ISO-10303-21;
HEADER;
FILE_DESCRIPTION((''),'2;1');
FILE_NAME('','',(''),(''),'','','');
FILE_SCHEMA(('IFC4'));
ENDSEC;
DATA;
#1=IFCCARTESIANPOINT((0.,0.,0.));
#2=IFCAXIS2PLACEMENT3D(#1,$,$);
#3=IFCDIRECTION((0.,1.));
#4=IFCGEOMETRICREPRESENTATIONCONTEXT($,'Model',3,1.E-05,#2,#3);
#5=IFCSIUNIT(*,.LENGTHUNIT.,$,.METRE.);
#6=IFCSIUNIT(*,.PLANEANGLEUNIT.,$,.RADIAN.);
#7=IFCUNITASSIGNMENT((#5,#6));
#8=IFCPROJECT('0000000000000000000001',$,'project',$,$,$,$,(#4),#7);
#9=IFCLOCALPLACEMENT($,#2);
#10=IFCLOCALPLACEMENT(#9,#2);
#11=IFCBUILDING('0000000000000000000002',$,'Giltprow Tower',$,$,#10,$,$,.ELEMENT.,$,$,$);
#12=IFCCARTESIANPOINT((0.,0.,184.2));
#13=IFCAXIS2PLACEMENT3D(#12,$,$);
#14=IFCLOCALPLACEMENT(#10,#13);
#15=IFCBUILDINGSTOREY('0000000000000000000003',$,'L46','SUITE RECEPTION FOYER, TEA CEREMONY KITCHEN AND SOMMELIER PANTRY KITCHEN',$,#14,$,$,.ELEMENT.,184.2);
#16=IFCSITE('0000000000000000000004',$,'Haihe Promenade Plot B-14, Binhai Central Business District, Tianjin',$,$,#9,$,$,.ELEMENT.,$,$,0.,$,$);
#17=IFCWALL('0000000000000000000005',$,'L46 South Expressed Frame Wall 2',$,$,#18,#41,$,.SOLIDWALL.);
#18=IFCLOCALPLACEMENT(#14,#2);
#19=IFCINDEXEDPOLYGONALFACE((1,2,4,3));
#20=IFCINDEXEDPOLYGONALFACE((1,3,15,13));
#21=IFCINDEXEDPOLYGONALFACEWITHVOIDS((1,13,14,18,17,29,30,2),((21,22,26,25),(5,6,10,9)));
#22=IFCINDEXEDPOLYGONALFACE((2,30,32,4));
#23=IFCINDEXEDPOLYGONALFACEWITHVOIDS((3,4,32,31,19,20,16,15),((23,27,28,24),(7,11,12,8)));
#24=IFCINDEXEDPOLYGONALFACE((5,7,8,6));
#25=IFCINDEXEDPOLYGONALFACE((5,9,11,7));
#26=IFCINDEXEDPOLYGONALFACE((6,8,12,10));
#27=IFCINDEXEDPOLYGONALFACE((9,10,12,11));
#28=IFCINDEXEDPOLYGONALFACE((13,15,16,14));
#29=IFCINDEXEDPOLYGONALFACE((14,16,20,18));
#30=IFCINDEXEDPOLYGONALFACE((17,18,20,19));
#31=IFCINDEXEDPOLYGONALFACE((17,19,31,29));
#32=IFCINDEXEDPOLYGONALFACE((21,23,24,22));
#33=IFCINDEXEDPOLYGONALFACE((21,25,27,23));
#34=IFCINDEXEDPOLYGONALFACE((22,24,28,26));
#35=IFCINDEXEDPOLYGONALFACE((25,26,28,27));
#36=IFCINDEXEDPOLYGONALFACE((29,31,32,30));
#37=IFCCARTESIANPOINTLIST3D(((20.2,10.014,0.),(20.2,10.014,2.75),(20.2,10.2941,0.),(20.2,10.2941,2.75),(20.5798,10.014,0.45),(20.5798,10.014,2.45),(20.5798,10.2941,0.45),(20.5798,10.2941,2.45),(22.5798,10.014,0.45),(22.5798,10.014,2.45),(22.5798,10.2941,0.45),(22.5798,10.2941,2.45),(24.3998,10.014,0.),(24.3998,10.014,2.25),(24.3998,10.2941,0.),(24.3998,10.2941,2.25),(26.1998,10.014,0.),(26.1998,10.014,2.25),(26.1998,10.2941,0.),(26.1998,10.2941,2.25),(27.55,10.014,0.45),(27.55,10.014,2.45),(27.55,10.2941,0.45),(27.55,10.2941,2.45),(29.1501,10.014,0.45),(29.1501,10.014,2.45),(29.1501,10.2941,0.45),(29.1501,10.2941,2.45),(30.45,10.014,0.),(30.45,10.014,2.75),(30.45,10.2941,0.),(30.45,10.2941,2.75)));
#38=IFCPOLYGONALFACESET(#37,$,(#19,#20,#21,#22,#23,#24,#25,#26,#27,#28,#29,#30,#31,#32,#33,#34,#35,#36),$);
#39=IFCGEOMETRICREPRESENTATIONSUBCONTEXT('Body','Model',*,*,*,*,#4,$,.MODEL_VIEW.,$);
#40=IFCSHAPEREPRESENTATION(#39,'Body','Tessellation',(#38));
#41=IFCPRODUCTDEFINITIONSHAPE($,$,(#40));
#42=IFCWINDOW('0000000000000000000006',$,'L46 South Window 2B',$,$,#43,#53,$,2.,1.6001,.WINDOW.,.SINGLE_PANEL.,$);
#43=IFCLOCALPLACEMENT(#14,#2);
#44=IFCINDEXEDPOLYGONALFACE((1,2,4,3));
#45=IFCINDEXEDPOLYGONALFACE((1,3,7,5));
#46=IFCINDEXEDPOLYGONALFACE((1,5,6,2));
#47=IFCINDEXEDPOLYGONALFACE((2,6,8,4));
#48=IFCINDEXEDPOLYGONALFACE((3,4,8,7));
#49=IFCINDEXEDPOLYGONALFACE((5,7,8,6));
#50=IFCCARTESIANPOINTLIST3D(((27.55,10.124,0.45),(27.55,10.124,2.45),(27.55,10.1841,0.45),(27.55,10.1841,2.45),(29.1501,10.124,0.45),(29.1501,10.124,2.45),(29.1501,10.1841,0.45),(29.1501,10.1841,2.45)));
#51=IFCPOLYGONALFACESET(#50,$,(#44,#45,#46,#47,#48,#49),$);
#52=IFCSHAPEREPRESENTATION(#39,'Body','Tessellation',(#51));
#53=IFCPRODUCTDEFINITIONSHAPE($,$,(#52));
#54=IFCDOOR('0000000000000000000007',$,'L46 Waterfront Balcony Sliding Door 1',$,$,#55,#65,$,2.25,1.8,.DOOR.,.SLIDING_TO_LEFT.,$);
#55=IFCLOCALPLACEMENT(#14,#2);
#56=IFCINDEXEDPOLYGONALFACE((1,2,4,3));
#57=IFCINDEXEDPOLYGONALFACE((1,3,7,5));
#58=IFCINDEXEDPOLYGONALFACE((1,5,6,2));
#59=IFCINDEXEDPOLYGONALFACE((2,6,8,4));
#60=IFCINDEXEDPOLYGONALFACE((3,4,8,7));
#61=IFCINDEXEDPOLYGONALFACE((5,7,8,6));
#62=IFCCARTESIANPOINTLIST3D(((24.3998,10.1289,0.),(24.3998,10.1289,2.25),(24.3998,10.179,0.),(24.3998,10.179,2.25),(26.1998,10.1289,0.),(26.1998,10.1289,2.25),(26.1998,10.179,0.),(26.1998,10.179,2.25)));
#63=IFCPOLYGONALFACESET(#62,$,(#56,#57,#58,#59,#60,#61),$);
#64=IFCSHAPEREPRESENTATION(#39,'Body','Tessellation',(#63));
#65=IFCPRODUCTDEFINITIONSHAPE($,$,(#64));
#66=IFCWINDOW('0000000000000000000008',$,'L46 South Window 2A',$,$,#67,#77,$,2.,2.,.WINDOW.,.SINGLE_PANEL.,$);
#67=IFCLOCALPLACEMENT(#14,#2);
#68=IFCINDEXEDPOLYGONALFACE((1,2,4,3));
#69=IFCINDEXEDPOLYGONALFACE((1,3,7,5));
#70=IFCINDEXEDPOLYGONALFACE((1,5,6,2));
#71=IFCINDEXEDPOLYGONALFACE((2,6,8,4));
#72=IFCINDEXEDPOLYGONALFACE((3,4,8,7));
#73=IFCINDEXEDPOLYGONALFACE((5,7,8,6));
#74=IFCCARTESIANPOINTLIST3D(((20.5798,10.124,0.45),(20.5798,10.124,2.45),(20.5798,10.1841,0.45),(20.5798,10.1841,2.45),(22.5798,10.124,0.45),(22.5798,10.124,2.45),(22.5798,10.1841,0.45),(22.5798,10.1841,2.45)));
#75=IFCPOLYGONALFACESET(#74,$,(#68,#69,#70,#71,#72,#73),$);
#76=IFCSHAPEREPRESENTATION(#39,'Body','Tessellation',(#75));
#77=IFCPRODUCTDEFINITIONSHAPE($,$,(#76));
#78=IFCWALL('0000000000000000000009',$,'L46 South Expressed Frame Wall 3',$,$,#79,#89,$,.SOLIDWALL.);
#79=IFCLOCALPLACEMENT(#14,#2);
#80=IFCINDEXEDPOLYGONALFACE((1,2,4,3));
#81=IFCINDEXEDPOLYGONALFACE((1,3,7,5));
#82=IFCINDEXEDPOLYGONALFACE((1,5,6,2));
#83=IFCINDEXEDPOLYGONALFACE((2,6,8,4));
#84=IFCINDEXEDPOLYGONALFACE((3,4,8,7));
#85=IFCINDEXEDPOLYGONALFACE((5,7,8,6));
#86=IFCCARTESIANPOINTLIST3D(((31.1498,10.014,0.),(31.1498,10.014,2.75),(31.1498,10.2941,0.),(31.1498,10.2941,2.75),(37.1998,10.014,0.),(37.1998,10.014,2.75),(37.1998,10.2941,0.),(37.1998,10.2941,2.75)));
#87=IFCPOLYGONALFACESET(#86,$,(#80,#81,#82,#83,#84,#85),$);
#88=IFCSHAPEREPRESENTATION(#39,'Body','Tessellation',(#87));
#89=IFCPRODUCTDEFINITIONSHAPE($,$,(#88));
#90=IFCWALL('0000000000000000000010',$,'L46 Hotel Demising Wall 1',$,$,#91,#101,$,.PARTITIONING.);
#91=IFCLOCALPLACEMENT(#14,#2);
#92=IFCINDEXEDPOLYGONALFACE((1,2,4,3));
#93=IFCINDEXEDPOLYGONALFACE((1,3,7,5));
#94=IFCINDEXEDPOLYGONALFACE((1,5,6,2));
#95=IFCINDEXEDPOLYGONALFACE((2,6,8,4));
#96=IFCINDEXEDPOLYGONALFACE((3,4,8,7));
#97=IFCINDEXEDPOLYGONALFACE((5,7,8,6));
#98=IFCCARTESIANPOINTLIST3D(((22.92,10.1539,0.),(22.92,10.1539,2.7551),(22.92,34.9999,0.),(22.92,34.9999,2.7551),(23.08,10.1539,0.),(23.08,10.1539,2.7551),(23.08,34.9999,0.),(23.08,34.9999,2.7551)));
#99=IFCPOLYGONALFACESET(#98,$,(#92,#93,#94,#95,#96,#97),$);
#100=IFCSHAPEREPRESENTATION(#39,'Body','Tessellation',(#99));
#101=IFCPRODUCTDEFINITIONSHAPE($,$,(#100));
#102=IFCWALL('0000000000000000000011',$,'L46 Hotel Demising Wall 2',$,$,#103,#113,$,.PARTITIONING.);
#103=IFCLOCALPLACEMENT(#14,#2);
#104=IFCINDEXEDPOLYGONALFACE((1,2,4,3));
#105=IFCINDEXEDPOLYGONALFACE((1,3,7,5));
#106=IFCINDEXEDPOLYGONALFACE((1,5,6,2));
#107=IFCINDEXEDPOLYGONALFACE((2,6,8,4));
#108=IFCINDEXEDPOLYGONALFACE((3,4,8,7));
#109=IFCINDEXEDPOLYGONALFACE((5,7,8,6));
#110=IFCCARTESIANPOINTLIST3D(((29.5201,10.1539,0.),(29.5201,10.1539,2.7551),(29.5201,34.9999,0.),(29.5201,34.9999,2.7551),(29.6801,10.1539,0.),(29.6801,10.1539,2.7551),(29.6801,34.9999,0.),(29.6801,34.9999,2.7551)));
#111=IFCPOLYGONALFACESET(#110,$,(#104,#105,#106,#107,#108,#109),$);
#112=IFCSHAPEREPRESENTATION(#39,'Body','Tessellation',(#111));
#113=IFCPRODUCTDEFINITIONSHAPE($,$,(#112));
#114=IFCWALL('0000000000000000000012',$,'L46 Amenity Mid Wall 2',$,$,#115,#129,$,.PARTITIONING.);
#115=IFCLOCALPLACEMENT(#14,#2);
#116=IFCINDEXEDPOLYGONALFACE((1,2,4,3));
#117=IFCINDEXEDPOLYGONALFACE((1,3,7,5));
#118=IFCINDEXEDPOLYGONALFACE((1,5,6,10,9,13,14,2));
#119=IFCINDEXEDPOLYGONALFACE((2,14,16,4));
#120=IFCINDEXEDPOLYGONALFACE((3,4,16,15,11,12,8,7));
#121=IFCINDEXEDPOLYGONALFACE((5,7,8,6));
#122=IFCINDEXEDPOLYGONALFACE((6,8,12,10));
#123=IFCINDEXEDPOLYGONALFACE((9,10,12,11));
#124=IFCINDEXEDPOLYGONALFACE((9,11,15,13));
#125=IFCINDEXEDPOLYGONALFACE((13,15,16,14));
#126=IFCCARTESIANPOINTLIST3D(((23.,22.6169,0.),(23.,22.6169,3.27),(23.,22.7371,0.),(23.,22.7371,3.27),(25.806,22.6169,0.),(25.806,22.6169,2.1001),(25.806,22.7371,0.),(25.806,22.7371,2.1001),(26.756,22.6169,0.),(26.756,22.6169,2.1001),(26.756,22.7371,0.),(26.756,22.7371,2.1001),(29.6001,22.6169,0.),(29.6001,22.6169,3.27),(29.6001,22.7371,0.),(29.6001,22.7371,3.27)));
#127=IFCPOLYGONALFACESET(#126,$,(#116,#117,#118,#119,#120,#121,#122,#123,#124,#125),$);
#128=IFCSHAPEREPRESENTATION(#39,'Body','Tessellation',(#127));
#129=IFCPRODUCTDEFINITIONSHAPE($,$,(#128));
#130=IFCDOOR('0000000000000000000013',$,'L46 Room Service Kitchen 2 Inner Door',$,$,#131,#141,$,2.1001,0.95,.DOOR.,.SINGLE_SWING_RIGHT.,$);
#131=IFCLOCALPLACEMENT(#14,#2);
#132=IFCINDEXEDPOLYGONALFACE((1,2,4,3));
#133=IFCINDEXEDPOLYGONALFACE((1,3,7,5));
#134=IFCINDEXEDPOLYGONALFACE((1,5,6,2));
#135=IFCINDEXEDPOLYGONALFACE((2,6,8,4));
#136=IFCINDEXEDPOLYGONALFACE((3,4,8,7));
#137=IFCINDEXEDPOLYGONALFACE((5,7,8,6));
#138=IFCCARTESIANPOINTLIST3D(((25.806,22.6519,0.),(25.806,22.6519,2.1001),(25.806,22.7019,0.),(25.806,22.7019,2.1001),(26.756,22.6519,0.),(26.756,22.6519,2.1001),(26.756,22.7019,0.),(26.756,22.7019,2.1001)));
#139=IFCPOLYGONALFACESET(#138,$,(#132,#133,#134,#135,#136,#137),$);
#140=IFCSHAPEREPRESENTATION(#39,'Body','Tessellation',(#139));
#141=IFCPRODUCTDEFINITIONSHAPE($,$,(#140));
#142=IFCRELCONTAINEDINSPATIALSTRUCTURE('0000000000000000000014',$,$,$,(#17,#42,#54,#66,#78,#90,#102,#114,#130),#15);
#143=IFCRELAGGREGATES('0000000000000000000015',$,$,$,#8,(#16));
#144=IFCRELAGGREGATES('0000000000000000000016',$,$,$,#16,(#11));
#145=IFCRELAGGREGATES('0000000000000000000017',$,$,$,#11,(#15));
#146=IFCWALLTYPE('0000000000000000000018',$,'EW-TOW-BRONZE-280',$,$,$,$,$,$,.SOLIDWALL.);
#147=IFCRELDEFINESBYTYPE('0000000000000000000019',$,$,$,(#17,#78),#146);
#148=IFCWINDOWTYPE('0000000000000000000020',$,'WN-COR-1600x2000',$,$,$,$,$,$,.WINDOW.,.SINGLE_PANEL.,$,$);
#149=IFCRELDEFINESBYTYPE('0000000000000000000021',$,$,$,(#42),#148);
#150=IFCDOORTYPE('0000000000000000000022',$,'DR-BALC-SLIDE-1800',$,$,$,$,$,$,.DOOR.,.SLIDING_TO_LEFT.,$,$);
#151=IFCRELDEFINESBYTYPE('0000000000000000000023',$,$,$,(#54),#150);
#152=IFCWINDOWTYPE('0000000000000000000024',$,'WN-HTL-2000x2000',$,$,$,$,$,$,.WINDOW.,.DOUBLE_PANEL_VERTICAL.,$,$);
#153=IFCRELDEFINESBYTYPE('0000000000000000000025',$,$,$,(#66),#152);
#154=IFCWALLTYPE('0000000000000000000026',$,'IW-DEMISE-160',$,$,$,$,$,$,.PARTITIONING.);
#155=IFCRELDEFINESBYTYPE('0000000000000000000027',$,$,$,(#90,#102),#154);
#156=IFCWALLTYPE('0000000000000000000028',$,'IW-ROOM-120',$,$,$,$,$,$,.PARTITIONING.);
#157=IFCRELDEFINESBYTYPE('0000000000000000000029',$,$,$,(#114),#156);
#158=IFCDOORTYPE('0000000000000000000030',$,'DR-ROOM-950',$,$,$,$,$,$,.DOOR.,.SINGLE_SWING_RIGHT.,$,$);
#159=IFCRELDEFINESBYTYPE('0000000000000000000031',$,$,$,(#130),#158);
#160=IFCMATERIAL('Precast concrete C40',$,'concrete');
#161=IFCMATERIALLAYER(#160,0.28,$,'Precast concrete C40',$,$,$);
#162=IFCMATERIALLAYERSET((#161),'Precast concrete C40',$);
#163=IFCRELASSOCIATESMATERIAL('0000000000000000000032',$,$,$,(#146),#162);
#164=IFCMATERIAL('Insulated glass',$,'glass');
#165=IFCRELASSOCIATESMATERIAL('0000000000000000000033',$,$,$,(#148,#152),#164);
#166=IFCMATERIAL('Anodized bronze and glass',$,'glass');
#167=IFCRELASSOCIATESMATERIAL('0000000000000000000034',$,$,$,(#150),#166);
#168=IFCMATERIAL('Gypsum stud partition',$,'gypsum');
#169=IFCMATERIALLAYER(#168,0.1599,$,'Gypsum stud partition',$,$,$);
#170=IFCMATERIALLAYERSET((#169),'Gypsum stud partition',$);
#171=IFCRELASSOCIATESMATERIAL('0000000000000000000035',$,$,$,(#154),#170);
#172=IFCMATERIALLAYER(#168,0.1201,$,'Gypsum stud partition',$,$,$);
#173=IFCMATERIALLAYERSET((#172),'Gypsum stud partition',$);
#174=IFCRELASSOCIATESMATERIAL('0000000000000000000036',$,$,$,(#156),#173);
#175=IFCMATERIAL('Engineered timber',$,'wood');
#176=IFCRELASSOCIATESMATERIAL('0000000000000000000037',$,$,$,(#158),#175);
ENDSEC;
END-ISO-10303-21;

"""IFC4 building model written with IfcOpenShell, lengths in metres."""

from ifc_helpers import new_model, si_unit, direction, frame, frame_2d, origin, place, context, subcontext, project, spatial, rectangle, extrude, source, transform, mapped, material, layer, layer_set, type_object, element, fill, save


model = new_model("IFC4")

# Units and contexts
model_context = context("Model", 3, precision=1e-05, world=origin(), true_north=direction((0.0, 1.0)))
body_context = subcontext(model_context, "Body", "Model", "MODEL_VIEW")
ifc_project = project(units=[si_unit("LENGTHUNIT", "METRE"), si_unit("PLANEANGLEUNIT", "RADIAN")], contexts=[model_context])

# Site, building, storey
site_placement = place(None, origin())
site = spatial("IfcSite", under=ifc_project, at=site_placement, Name="Haihe Promenade Plot B-14, Binhai Central Business District, Tianjin", CompositionType="ELEMENT", RefElevation=0.0)
building_placement = place(site_placement, origin())
building = spatial("IfcBuilding", under=site, at=building_placement, Name="Giltprow Tower", CompositionType="ELEMENT")
storey_placement = place(building_placement, frame((0.0, 0.0, 184.2)))
storey = spatial("IfcBuildingStorey", under=building, at=storey_placement, Name="L46", Description="SUITE RECEPTION FOYER, TEA CEREMONY KITCHEN AND SOMMELIER PANTRY KITCHEN", CompositionType="ELEMENT", Elevation=184.2)

# Wall, openings, windows, door
ifc_material_1 = material(Name="Precast concrete C40", Category="concrete")
ifc_layer_1 = layer(ifc_material_1, 0.28, Name="Precast concrete C40")
ifc_layer_set_1 = layer_set([ifc_layer_1], Name="Precast concrete C40")
wall_type_1 = type_object("IfcWallType", Name="EW-TOW-BRONZE-280", PredefinedType="SOLIDWALL", material=ifc_layer_set_1)
wall_1_placement = place(storey_placement, frame((20.2, 10.1541, 0.0), z_axis=(0.0, 0.0, 1.0), x_axis=(1.0, 0.0, 0.0)))
wall_1 = element("IfcWall", 1, at=wall_1_placement, inside=storey, type_object=wall_type_1, Name="L46 South Expressed Frame Wall 2", PredefinedType="SOLIDWALL", context=body_context, shape_type="SweptSolid", body=[
    extrude(rectangle(XDim=10.25, YDim=0.28, at=frame_2d((5.125, 0.0))), origin(), (0.0, 0.0, 1.0), 2.75),
])
opening_1_placement = place(wall_1_placement, frame((4.2, 0.0, 0.0)))
opening_1 = element("IfcOpeningElement", 2, at=opening_1_placement, cuts=wall_1, PredefinedType="OPENING", context=body_context, shape_type="SweptSolid", body=[
    extrude(rectangle(XDim=1.8, YDim=2.25, at=frame_2d((0.8999, 1.125))), frame((0.0, 0.1499, 0.0), z_axis=(0.0, -1.0, 0.0), x_axis=(1.0, 0.0, 0.0)), (0.0, 0.0, 1.0), 0.3),
])
opening_2_placement = place(wall_1_placement, frame((0.3799, 0.0, 0.45)))
opening_2 = element("IfcOpeningElement", 3, at=opening_2_placement, cuts=wall_1, PredefinedType="OPENING", context=body_context, shape_type="SweptSolid", body=[
    extrude(rectangle(XDim=2.0, YDim=2.0, at=frame_2d((1.0, 1.0))), frame((0.0, 0.1499, 0.0), z_axis=(0.0, -1.0, 0.0), x_axis=(1.0, 0.0, 0.0)), (0.0, 0.0, 1.0), 0.3),
])
opening_3_placement = place(wall_1_placement, frame((7.3501, 0.0, 0.45)))
opening_3 = element("IfcOpeningElement", 4, at=opening_3_placement, cuts=wall_1, PredefinedType="OPENING", context=body_context, shape_type="SweptSolid", body=[
    extrude(rectangle(XDim=1.6001, YDim=2.0, at=frame_2d((0.8, 1.0))), frame((0.0, 0.1499, 0.0), z_axis=(0.0, -1.0, 0.0), x_axis=(1.0, 0.0, 0.0)), (0.0, 0.0, 1.0), 0.3),
])
ifc_material_2 = material(Name="Insulated glass", Category="glass")
window_type_1 = type_object("IfcWindowType", Name="WN-COR-1600x2000", PartitioningType="SINGLE_PANEL", PredefinedType="WINDOW", material=ifc_material_2)
shared_shape_1 = source(origin(), body_context, "Body", "SweptSolid", [
    extrude(rectangle(XDim=1.6001, YDim=2.0, at=frame_2d((0.8, 1.0))), frame((0.0, 0.03, 0.0), z_axis=(0.0, -1.0, 0.0), x_axis=(1.0, 0.0, 0.0)), (0.0, 0.0, 1.0), 0.0601),
])
window_1_placement = place(opening_3_placement, origin())
window_1 = element("IfcWindow", 5, at=window_1_placement, inside=storey, type_object=window_type_1, Name="L46 South Window 2B", OverallHeight=2.0, OverallWidth=1.6001, PartitioningType="SINGLE_PANEL", PredefinedType="WINDOW", context=body_context, shape_type="MappedRepresentation", body=[
    mapped(shared_shape_1, transform((0.0, 0.0, 0.0), x_axis=(1.0, 0.0, 0.0), y_axis=(0.0, 1.0, 0.0), z_axis=(0.0, 0.0, 1.0), scale=1.0)),
])
fill(opening_3, window_1)
ifc_material_3 = material(Name="Anodized bronze and glass", Category="glass")
door_type_1 = type_object("IfcDoorType", Name="DR-BALC-SLIDE-1800", OperationType="SLIDING_TO_LEFT", PredefinedType="DOOR", material=ifc_material_3)
shared_shape_2 = source(origin(), body_context, "Body", "SweptSolid", [
    extrude(rectangle(XDim=1.8, YDim=2.25, at=frame_2d((0.8999, 1.125))), frame((0.0, 0.0249, 0.0), z_axis=(0.0, -1.0, 0.0), x_axis=(1.0, 0.0, 0.0)), (0.0, 0.0, 1.0), 0.05),
])
door_1_placement = place(opening_1_placement, origin())
door_1 = element("IfcDoor", 6, at=door_1_placement, inside=storey, type_object=door_type_1, Name="L46 Waterfront Balcony Sliding Door 1", OperationType="SLIDING_TO_LEFT", OverallHeight=2.25, OverallWidth=1.8, PredefinedType="DOOR", context=body_context, shape_type="MappedRepresentation", body=[
    mapped(shared_shape_2, transform((0.0, 0.0, 0.0), x_axis=(1.0, 0.0, 0.0), y_axis=(0.0, 1.0, 0.0), z_axis=(0.0, 0.0, 1.0), scale=1.0)),
])
fill(opening_1, door_1)
window_type_2 = type_object("IfcWindowType", Name="WN-HTL-2000x2000", PartitioningType="DOUBLE_PANEL_VERTICAL", PredefinedType="WINDOW", material=ifc_material_2)
shared_shape_3 = source(origin(), body_context, "Body", "SweptSolid", [
    extrude(rectangle(XDim=2.0, YDim=2.0, at=frame_2d((1.0, 1.0))), frame((0.0, 0.03, 0.0), z_axis=(0.0, -1.0, 0.0), x_axis=(1.0, 0.0, 0.0)), (0.0, 0.0, 1.0), 0.0601),
])
window_2_placement = place(opening_2_placement, origin())
window_2 = element("IfcWindow", 7, at=window_2_placement, inside=storey, type_object=window_type_2, Name="L46 South Window 2A", OverallHeight=2.0, OverallWidth=2.0, PartitioningType="SINGLE_PANEL", PredefinedType="WINDOW", context=body_context, shape_type="MappedRepresentation", body=[
    mapped(shared_shape_3, transform((0.0, 0.0, 0.0), x_axis=(1.0, 0.0, 0.0), y_axis=(0.0, 1.0, 0.0), z_axis=(0.0, 0.0, 1.0), scale=1.0)),
])
fill(opening_2, window_2)

# Walls
wall_2_placement = place(storey_placement, frame((31.1499, 10.1541, 0.0), z_axis=(0.0, 0.0, 1.0), x_axis=(1.0, 0.0, 0.0)))
element("IfcWall", 8, at=wall_2_placement, inside=storey, type_object=wall_type_1, Name="L46 South Expressed Frame Wall 3", PredefinedType="SOLIDWALL", context=body_context, shape_type="SweptSolid", body=[
    extrude(rectangle(XDim=6.05, YDim=0.28, at=frame_2d((3.0249, 0.0))), origin(), (0.0, 0.0, 1.0), 2.75),
])
ifc_material_4 = material(Name="Gypsum stud partition", Category="gypsum")
ifc_layer_2 = layer(ifc_material_4, 0.1599, Name="Gypsum stud partition")
ifc_layer_set_2 = layer_set([ifc_layer_2], Name="Gypsum stud partition")
wall_type_2 = type_object("IfcWallType", Name="IW-DEMISE-160", PredefinedType="PARTITIONING", material=ifc_layer_set_2)
for number, where, z_axis, x_axis, name in (
    (9, (23.0, 10.1541, 0.0), (0.0, 0.0, 1.0), (0.0, 1.0, 0.0), "L46 Hotel Demising Wall 1"),
    (10, (29.6001, 10.1541, 0.0), (0.0, 0.0, 1.0), (0.0, 1.0, 0.0), "L46 Hotel Demising Wall 2"),
):
    element("IfcWall", number, at=place(storey_placement, frame(where, z_axis=z_axis, x_axis=x_axis)), inside=storey, type_object=wall_type_2, Name=name, PredefinedType="PARTITIONING", context=body_context, shape_type="SweptSolid", body=[
        extrude(rectangle(XDim=24.8459, YDim=0.1599, at=frame_2d((12.4229, 0.0))), origin(), (0.0, 0.0, 1.0), 2.7551),
    ])

# Wall, opening, door
ifc_layer_3 = layer(ifc_material_4, 0.1201, Name="Gypsum stud partition")
ifc_layer_set_3 = layer_set([ifc_layer_3], Name="Gypsum stud partition")
wall_type_3 = type_object("IfcWallType", Name="IW-ROOM-120", PredefinedType="PARTITIONING", material=ifc_layer_set_3)
wall_3_placement = place(storey_placement, frame((23.0, 22.677, 0.0), z_axis=(0.0, 0.0, 1.0), x_axis=(1.0, 0.0, 0.0)))
wall_3 = element("IfcWall", 11, at=wall_3_placement, inside=storey, type_object=wall_type_3, Name="L46 Amenity Mid Wall 2", PredefinedType="PARTITIONING", context=body_context, shape_type="SweptSolid", body=[
    extrude(rectangle(XDim=6.6001, YDim=0.1201, at=frame_2d((3.3, 0.0))), origin(), (0.0, 0.0, 1.0), 3.27),
])
opening_4_placement = place(wall_3_placement, frame((2.8059, 0.0, 0.0)))
opening_4 = element("IfcOpeningElement", 12, at=opening_4_placement, cuts=wall_3, PredefinedType="OPENING", context=body_context, shape_type="SweptSolid", body=[
    extrude(rectangle(XDim=0.95, YDim=2.1001, at=frame_2d((0.4751, 1.05))), frame((0.0, 0.0701, 0.0), z_axis=(0.0, -1.0, 0.0), x_axis=(1.0, 0.0, 0.0)), (0.0, 0.0, 1.0), 0.1401),
])
ifc_material_5 = material(Name="Engineered timber", Category="wood")
door_type_2 = type_object("IfcDoorType", Name="DR-ROOM-950", OperationType="SINGLE_SWING_RIGHT", PredefinedType="DOOR", material=ifc_material_5)
shared_shape_4 = source(origin(), body_context, "Body", "SweptSolid", [
    extrude(rectangle(XDim=0.95, YDim=2.1001, at=frame_2d((0.4751, 1.05))), frame((0.0, 0.0249, 0.0), z_axis=(0.0, -1.0, 0.0), x_axis=(1.0, 0.0, 0.0)), (0.0, 0.0, 1.0), 0.05),
])
door_2_placement = place(opening_4_placement, origin())
door_2 = element("IfcDoor", 13, at=door_2_placement, inside=storey, type_object=door_type_2, Name="L46 Room Service Kitchen 2 Inner Door", OperationType="SINGLE_SWING_RIGHT", OverallHeight=2.1001, OverallWidth=0.95, PredefinedType="DOOR", context=body_context, shape_type="MappedRepresentation", body=[
    mapped(shared_shape_4, transform((0.0, 0.0, 0.0), x_axis=(1.0, 0.0, 0.0), y_axis=(0.0, 1.0, 0.0), z_axis=(0.0, 0.0, 1.0), scale=1.0)),
])
fill(opening_4, door_2)

save(model, "model.ifc")
